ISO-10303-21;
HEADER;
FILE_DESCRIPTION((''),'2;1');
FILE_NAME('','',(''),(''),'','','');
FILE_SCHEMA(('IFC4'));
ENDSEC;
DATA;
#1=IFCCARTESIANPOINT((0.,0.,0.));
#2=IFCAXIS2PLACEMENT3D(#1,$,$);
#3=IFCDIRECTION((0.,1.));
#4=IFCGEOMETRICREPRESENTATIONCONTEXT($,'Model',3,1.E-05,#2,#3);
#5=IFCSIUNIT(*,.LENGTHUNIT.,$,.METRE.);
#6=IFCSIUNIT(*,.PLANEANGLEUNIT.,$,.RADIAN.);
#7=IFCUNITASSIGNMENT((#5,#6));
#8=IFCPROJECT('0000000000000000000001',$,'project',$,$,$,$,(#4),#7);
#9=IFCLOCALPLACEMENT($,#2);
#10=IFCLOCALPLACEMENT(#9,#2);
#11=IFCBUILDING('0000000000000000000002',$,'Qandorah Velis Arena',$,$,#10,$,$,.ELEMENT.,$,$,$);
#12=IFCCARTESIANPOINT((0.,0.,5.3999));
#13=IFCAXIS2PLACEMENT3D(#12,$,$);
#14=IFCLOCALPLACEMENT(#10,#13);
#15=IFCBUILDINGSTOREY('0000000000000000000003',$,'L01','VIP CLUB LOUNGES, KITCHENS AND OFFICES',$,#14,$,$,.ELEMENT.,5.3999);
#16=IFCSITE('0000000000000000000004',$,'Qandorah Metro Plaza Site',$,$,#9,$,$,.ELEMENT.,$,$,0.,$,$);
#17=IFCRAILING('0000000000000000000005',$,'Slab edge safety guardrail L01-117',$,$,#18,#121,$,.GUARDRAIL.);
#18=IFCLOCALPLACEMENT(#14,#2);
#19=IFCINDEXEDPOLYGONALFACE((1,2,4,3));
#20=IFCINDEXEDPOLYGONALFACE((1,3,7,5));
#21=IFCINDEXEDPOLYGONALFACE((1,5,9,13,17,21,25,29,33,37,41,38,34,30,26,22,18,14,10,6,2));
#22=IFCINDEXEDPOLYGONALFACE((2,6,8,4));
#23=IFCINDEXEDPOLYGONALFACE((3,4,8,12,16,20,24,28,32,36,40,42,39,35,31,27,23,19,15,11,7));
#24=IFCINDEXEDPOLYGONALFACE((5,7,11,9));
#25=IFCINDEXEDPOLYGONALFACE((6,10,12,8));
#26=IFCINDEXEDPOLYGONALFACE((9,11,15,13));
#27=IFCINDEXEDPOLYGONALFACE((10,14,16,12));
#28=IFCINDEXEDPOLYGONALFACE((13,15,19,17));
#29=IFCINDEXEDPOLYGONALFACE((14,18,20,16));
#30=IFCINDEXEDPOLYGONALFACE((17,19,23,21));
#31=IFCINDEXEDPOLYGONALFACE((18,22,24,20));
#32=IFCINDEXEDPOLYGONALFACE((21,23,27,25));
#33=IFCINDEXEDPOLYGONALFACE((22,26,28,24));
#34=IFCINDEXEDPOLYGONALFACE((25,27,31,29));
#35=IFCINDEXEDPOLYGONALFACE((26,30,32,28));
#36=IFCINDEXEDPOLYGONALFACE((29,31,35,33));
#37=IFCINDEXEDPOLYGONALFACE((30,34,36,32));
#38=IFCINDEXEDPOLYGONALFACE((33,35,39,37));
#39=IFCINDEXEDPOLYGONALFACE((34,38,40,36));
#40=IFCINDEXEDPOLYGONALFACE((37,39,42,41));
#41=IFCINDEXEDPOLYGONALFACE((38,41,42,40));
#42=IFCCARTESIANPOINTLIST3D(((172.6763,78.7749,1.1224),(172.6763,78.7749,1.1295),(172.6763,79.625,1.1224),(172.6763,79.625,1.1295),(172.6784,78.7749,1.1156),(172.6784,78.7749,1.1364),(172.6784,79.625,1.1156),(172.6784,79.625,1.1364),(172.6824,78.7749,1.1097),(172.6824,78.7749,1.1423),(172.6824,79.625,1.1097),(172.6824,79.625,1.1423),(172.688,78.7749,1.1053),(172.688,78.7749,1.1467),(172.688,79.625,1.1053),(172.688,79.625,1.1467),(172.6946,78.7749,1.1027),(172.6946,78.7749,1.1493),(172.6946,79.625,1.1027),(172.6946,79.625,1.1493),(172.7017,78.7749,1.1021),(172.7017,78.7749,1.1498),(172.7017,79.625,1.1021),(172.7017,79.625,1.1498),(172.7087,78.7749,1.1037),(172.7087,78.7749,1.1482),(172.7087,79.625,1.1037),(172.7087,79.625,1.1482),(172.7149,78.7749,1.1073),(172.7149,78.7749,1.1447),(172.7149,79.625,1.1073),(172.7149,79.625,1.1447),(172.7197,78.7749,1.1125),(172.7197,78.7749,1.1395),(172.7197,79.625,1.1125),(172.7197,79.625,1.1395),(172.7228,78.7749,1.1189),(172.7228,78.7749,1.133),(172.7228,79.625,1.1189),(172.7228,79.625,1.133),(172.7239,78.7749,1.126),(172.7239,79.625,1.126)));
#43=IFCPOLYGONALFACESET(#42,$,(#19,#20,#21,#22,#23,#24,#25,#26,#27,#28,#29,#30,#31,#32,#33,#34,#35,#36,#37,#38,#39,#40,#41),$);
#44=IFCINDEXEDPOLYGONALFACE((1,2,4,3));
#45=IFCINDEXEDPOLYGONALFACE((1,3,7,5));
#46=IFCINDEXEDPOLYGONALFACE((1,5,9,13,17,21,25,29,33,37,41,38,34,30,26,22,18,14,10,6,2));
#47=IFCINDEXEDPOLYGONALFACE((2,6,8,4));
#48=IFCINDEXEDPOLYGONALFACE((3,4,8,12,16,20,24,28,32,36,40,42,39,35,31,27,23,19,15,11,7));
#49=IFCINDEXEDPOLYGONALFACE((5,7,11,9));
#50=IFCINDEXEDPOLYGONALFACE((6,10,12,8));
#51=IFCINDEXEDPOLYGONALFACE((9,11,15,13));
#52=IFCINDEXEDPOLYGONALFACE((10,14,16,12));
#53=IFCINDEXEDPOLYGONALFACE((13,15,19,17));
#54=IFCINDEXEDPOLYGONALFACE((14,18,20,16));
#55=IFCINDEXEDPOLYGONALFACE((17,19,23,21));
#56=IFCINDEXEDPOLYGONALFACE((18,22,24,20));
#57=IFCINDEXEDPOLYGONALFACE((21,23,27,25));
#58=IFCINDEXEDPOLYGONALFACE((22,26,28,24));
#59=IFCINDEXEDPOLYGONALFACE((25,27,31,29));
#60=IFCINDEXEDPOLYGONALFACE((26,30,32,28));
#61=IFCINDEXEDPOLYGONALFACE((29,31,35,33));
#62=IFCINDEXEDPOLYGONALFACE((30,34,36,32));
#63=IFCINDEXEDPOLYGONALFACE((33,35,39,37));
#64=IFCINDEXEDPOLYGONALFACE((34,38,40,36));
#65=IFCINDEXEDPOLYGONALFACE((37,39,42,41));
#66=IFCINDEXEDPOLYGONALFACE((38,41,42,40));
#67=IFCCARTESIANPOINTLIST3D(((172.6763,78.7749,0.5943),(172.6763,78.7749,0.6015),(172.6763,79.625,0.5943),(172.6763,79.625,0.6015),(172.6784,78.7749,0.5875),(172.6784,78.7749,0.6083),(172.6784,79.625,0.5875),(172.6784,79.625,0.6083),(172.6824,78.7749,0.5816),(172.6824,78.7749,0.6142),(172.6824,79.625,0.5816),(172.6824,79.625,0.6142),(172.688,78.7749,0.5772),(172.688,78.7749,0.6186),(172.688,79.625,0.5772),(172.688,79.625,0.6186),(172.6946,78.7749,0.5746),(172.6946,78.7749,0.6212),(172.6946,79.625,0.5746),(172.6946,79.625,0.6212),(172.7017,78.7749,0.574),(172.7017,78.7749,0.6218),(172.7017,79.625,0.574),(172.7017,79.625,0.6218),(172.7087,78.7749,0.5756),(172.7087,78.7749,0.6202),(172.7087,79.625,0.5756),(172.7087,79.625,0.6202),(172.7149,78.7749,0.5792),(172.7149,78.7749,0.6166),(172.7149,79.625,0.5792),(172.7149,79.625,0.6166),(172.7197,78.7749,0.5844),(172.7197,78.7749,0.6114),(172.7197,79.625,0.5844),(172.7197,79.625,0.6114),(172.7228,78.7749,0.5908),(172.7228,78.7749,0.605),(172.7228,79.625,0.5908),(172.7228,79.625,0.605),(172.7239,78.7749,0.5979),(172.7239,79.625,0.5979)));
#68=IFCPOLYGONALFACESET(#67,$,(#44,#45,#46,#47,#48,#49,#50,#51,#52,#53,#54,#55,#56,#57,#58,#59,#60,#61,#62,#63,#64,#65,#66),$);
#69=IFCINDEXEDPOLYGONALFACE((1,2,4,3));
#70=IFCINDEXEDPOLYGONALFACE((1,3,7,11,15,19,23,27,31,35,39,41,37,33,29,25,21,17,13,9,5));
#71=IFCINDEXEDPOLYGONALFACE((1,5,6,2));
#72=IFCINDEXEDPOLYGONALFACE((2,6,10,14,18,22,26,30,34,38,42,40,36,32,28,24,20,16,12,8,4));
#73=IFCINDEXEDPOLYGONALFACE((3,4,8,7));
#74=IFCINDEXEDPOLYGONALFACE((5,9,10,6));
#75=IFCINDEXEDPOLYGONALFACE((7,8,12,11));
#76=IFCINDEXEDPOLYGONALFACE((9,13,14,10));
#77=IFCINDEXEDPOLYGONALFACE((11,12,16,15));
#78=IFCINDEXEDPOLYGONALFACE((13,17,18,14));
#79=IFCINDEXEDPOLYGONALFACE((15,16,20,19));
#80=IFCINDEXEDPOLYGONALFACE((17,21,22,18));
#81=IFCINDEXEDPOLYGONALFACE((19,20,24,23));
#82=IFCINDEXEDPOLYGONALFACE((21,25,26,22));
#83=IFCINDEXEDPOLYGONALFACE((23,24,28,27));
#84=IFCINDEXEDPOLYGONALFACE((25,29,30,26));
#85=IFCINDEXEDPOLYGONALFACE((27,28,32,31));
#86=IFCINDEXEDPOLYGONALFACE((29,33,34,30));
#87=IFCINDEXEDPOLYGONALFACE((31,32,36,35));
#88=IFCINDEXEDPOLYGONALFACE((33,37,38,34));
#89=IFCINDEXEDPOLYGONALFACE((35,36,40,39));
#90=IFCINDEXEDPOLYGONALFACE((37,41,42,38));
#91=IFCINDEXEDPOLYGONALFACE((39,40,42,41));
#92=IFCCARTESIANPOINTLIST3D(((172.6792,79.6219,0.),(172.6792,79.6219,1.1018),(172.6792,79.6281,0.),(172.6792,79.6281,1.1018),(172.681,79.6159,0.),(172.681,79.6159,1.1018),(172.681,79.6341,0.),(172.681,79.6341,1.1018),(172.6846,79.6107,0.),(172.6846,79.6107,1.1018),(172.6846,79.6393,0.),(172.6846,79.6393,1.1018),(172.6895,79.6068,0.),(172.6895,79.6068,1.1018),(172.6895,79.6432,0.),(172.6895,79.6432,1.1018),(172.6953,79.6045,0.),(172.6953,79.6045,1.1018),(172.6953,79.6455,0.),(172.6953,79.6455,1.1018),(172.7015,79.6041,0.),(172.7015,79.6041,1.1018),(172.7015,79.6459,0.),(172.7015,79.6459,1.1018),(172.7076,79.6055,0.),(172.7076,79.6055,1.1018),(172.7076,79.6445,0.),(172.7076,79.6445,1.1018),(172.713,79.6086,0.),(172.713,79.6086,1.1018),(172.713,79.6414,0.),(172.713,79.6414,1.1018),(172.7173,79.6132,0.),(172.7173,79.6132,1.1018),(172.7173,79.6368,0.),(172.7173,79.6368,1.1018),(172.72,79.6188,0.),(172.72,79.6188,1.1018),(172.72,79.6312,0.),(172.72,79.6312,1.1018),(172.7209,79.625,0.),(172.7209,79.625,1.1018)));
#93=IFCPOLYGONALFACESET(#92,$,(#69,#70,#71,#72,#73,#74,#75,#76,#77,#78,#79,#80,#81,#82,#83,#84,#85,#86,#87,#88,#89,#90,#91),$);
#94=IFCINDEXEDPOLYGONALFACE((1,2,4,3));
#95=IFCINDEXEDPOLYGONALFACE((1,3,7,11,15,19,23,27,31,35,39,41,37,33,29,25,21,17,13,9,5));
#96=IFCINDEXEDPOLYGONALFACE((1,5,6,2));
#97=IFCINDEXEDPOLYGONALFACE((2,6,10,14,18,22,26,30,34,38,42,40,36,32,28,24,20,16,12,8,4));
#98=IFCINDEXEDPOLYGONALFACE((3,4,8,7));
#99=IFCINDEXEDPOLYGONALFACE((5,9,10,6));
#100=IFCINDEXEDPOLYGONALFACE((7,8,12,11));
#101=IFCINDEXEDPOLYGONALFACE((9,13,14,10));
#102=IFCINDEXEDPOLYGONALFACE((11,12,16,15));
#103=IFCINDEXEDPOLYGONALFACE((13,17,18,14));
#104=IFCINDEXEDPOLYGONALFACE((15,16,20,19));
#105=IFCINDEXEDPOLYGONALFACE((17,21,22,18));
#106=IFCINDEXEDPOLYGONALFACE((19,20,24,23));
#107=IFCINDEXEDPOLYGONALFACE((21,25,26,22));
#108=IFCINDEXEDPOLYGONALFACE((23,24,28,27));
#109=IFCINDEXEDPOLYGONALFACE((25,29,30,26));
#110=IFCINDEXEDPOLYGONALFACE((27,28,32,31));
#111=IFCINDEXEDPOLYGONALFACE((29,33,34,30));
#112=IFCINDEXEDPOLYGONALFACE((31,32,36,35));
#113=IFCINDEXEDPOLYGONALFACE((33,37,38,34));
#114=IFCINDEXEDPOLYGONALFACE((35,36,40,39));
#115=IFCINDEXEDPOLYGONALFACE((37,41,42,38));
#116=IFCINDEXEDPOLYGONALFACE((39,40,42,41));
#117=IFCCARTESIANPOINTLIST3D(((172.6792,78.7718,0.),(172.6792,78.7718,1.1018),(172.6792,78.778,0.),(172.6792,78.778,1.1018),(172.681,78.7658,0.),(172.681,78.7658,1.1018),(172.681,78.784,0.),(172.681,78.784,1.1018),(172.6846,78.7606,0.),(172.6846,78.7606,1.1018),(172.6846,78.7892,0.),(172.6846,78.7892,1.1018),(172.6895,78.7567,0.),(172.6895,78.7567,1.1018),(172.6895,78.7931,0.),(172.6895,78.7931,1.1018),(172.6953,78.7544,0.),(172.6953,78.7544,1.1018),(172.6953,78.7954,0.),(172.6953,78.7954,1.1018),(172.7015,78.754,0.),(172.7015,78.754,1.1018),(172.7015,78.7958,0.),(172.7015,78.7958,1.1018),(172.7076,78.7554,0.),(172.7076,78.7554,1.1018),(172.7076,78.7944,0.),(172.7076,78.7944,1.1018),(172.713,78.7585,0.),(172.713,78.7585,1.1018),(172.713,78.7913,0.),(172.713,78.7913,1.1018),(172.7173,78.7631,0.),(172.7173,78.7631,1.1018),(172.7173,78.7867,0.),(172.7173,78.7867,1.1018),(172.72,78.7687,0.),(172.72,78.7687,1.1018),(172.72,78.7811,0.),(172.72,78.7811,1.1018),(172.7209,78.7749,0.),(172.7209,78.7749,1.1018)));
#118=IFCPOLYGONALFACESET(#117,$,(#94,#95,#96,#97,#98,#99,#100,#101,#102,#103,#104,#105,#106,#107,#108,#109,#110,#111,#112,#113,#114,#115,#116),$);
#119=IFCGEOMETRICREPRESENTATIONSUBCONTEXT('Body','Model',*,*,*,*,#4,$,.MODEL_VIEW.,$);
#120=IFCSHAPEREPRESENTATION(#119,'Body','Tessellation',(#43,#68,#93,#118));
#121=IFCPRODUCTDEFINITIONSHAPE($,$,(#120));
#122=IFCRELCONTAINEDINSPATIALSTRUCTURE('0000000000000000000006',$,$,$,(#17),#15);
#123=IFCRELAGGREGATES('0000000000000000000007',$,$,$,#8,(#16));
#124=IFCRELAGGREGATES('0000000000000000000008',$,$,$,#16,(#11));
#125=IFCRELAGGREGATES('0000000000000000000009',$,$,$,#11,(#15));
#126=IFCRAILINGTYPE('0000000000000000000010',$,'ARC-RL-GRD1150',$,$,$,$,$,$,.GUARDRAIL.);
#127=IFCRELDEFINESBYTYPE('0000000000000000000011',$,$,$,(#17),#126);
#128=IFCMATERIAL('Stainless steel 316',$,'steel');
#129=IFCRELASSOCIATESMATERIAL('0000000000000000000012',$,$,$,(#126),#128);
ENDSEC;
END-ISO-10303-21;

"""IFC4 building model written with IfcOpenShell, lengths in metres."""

from ifc_helpers import new_model, si_unit, direction, frame, origin, origin_2d, place, context, subcontext, project, spatial, circle, extrude, material, type_object, element, save


model = new_model("IFC4")

# Units and contexts
model_context = context("Model", 3, precision=1e-05, world=origin(), true_north=direction((0.0, 1.0)))
body_context = subcontext(model_context, "Body", "Model", "MODEL_VIEW")
ifc_project = project(units=[si_unit("LENGTHUNIT", "METRE"), si_unit("PLANEANGLEUNIT", "RADIAN")], contexts=[model_context])

# Site, building, storey
site_placement = place(None, origin())
site = spatial("IfcSite", under=ifc_project, at=site_placement, Name="Qandorah Metro Plaza Site", CompositionType="ELEMENT", RefElevation=0.0)
building_placement = place(site_placement, origin())
building = spatial("IfcBuilding", under=site, at=building_placement, Name="Qandorah Velis Arena", CompositionType="ELEMENT")
storey_placement = place(building_placement, frame((0.0, 0.0, 5.3999)))
storey = spatial("IfcBuildingStorey", under=building, at=storey_placement, Name="L01", Description="VIP CLUB LOUNGES, KITCHENS AND OFFICES", CompositionType="ELEMENT", Elevation=5.3999)

# Railing
ifc_material_1 = material(Name="Stainless steel 316", Category="steel")
railing_type = type_object("IfcRailingType", Name="ARC-RL-GRD1150", PredefinedType="GUARDRAIL", material=ifc_material_1)
railing_1_placement = place(storey_placement, frame((172.7, 79.625, 0.0)))
element("IfcRailing", 1, at=railing_1_placement, inside=storey, type_object=railing_type, Name="Slab edge safety guardrail L01-117", PredefinedType="GUARDRAIL", context=body_context, shape_type="SweptSolid", body=[
    extrude(circle(Radius=0.0239, at=origin_2d()), frame((0.0, 0.0, 1.126), z_axis=(0.0, -1.0, 0.0), x_axis=(1.0, 0.0, 0.0)), (0.0, 0.0, 1.0), 0.8501),
    extrude(circle(Radius=0.0239, at=origin_2d()), frame((0.0, 0.0, 0.5979), z_axis=(0.0, -1.0, 0.0), x_axis=(1.0, 0.0, 0.0)), (0.0, 0.0, 1.0), 0.8501),
    extrude(circle(Radius=0.021, at=origin_2d()), origin(), (0.0, 0.0, 1.0), 1.1018),
    extrude(circle(Radius=0.021, at=origin_2d()), frame((0.0, -0.8501, 0.0)), (0.0, 0.0, 1.0), 1.1018),
])

save(model, "model.ifc")
